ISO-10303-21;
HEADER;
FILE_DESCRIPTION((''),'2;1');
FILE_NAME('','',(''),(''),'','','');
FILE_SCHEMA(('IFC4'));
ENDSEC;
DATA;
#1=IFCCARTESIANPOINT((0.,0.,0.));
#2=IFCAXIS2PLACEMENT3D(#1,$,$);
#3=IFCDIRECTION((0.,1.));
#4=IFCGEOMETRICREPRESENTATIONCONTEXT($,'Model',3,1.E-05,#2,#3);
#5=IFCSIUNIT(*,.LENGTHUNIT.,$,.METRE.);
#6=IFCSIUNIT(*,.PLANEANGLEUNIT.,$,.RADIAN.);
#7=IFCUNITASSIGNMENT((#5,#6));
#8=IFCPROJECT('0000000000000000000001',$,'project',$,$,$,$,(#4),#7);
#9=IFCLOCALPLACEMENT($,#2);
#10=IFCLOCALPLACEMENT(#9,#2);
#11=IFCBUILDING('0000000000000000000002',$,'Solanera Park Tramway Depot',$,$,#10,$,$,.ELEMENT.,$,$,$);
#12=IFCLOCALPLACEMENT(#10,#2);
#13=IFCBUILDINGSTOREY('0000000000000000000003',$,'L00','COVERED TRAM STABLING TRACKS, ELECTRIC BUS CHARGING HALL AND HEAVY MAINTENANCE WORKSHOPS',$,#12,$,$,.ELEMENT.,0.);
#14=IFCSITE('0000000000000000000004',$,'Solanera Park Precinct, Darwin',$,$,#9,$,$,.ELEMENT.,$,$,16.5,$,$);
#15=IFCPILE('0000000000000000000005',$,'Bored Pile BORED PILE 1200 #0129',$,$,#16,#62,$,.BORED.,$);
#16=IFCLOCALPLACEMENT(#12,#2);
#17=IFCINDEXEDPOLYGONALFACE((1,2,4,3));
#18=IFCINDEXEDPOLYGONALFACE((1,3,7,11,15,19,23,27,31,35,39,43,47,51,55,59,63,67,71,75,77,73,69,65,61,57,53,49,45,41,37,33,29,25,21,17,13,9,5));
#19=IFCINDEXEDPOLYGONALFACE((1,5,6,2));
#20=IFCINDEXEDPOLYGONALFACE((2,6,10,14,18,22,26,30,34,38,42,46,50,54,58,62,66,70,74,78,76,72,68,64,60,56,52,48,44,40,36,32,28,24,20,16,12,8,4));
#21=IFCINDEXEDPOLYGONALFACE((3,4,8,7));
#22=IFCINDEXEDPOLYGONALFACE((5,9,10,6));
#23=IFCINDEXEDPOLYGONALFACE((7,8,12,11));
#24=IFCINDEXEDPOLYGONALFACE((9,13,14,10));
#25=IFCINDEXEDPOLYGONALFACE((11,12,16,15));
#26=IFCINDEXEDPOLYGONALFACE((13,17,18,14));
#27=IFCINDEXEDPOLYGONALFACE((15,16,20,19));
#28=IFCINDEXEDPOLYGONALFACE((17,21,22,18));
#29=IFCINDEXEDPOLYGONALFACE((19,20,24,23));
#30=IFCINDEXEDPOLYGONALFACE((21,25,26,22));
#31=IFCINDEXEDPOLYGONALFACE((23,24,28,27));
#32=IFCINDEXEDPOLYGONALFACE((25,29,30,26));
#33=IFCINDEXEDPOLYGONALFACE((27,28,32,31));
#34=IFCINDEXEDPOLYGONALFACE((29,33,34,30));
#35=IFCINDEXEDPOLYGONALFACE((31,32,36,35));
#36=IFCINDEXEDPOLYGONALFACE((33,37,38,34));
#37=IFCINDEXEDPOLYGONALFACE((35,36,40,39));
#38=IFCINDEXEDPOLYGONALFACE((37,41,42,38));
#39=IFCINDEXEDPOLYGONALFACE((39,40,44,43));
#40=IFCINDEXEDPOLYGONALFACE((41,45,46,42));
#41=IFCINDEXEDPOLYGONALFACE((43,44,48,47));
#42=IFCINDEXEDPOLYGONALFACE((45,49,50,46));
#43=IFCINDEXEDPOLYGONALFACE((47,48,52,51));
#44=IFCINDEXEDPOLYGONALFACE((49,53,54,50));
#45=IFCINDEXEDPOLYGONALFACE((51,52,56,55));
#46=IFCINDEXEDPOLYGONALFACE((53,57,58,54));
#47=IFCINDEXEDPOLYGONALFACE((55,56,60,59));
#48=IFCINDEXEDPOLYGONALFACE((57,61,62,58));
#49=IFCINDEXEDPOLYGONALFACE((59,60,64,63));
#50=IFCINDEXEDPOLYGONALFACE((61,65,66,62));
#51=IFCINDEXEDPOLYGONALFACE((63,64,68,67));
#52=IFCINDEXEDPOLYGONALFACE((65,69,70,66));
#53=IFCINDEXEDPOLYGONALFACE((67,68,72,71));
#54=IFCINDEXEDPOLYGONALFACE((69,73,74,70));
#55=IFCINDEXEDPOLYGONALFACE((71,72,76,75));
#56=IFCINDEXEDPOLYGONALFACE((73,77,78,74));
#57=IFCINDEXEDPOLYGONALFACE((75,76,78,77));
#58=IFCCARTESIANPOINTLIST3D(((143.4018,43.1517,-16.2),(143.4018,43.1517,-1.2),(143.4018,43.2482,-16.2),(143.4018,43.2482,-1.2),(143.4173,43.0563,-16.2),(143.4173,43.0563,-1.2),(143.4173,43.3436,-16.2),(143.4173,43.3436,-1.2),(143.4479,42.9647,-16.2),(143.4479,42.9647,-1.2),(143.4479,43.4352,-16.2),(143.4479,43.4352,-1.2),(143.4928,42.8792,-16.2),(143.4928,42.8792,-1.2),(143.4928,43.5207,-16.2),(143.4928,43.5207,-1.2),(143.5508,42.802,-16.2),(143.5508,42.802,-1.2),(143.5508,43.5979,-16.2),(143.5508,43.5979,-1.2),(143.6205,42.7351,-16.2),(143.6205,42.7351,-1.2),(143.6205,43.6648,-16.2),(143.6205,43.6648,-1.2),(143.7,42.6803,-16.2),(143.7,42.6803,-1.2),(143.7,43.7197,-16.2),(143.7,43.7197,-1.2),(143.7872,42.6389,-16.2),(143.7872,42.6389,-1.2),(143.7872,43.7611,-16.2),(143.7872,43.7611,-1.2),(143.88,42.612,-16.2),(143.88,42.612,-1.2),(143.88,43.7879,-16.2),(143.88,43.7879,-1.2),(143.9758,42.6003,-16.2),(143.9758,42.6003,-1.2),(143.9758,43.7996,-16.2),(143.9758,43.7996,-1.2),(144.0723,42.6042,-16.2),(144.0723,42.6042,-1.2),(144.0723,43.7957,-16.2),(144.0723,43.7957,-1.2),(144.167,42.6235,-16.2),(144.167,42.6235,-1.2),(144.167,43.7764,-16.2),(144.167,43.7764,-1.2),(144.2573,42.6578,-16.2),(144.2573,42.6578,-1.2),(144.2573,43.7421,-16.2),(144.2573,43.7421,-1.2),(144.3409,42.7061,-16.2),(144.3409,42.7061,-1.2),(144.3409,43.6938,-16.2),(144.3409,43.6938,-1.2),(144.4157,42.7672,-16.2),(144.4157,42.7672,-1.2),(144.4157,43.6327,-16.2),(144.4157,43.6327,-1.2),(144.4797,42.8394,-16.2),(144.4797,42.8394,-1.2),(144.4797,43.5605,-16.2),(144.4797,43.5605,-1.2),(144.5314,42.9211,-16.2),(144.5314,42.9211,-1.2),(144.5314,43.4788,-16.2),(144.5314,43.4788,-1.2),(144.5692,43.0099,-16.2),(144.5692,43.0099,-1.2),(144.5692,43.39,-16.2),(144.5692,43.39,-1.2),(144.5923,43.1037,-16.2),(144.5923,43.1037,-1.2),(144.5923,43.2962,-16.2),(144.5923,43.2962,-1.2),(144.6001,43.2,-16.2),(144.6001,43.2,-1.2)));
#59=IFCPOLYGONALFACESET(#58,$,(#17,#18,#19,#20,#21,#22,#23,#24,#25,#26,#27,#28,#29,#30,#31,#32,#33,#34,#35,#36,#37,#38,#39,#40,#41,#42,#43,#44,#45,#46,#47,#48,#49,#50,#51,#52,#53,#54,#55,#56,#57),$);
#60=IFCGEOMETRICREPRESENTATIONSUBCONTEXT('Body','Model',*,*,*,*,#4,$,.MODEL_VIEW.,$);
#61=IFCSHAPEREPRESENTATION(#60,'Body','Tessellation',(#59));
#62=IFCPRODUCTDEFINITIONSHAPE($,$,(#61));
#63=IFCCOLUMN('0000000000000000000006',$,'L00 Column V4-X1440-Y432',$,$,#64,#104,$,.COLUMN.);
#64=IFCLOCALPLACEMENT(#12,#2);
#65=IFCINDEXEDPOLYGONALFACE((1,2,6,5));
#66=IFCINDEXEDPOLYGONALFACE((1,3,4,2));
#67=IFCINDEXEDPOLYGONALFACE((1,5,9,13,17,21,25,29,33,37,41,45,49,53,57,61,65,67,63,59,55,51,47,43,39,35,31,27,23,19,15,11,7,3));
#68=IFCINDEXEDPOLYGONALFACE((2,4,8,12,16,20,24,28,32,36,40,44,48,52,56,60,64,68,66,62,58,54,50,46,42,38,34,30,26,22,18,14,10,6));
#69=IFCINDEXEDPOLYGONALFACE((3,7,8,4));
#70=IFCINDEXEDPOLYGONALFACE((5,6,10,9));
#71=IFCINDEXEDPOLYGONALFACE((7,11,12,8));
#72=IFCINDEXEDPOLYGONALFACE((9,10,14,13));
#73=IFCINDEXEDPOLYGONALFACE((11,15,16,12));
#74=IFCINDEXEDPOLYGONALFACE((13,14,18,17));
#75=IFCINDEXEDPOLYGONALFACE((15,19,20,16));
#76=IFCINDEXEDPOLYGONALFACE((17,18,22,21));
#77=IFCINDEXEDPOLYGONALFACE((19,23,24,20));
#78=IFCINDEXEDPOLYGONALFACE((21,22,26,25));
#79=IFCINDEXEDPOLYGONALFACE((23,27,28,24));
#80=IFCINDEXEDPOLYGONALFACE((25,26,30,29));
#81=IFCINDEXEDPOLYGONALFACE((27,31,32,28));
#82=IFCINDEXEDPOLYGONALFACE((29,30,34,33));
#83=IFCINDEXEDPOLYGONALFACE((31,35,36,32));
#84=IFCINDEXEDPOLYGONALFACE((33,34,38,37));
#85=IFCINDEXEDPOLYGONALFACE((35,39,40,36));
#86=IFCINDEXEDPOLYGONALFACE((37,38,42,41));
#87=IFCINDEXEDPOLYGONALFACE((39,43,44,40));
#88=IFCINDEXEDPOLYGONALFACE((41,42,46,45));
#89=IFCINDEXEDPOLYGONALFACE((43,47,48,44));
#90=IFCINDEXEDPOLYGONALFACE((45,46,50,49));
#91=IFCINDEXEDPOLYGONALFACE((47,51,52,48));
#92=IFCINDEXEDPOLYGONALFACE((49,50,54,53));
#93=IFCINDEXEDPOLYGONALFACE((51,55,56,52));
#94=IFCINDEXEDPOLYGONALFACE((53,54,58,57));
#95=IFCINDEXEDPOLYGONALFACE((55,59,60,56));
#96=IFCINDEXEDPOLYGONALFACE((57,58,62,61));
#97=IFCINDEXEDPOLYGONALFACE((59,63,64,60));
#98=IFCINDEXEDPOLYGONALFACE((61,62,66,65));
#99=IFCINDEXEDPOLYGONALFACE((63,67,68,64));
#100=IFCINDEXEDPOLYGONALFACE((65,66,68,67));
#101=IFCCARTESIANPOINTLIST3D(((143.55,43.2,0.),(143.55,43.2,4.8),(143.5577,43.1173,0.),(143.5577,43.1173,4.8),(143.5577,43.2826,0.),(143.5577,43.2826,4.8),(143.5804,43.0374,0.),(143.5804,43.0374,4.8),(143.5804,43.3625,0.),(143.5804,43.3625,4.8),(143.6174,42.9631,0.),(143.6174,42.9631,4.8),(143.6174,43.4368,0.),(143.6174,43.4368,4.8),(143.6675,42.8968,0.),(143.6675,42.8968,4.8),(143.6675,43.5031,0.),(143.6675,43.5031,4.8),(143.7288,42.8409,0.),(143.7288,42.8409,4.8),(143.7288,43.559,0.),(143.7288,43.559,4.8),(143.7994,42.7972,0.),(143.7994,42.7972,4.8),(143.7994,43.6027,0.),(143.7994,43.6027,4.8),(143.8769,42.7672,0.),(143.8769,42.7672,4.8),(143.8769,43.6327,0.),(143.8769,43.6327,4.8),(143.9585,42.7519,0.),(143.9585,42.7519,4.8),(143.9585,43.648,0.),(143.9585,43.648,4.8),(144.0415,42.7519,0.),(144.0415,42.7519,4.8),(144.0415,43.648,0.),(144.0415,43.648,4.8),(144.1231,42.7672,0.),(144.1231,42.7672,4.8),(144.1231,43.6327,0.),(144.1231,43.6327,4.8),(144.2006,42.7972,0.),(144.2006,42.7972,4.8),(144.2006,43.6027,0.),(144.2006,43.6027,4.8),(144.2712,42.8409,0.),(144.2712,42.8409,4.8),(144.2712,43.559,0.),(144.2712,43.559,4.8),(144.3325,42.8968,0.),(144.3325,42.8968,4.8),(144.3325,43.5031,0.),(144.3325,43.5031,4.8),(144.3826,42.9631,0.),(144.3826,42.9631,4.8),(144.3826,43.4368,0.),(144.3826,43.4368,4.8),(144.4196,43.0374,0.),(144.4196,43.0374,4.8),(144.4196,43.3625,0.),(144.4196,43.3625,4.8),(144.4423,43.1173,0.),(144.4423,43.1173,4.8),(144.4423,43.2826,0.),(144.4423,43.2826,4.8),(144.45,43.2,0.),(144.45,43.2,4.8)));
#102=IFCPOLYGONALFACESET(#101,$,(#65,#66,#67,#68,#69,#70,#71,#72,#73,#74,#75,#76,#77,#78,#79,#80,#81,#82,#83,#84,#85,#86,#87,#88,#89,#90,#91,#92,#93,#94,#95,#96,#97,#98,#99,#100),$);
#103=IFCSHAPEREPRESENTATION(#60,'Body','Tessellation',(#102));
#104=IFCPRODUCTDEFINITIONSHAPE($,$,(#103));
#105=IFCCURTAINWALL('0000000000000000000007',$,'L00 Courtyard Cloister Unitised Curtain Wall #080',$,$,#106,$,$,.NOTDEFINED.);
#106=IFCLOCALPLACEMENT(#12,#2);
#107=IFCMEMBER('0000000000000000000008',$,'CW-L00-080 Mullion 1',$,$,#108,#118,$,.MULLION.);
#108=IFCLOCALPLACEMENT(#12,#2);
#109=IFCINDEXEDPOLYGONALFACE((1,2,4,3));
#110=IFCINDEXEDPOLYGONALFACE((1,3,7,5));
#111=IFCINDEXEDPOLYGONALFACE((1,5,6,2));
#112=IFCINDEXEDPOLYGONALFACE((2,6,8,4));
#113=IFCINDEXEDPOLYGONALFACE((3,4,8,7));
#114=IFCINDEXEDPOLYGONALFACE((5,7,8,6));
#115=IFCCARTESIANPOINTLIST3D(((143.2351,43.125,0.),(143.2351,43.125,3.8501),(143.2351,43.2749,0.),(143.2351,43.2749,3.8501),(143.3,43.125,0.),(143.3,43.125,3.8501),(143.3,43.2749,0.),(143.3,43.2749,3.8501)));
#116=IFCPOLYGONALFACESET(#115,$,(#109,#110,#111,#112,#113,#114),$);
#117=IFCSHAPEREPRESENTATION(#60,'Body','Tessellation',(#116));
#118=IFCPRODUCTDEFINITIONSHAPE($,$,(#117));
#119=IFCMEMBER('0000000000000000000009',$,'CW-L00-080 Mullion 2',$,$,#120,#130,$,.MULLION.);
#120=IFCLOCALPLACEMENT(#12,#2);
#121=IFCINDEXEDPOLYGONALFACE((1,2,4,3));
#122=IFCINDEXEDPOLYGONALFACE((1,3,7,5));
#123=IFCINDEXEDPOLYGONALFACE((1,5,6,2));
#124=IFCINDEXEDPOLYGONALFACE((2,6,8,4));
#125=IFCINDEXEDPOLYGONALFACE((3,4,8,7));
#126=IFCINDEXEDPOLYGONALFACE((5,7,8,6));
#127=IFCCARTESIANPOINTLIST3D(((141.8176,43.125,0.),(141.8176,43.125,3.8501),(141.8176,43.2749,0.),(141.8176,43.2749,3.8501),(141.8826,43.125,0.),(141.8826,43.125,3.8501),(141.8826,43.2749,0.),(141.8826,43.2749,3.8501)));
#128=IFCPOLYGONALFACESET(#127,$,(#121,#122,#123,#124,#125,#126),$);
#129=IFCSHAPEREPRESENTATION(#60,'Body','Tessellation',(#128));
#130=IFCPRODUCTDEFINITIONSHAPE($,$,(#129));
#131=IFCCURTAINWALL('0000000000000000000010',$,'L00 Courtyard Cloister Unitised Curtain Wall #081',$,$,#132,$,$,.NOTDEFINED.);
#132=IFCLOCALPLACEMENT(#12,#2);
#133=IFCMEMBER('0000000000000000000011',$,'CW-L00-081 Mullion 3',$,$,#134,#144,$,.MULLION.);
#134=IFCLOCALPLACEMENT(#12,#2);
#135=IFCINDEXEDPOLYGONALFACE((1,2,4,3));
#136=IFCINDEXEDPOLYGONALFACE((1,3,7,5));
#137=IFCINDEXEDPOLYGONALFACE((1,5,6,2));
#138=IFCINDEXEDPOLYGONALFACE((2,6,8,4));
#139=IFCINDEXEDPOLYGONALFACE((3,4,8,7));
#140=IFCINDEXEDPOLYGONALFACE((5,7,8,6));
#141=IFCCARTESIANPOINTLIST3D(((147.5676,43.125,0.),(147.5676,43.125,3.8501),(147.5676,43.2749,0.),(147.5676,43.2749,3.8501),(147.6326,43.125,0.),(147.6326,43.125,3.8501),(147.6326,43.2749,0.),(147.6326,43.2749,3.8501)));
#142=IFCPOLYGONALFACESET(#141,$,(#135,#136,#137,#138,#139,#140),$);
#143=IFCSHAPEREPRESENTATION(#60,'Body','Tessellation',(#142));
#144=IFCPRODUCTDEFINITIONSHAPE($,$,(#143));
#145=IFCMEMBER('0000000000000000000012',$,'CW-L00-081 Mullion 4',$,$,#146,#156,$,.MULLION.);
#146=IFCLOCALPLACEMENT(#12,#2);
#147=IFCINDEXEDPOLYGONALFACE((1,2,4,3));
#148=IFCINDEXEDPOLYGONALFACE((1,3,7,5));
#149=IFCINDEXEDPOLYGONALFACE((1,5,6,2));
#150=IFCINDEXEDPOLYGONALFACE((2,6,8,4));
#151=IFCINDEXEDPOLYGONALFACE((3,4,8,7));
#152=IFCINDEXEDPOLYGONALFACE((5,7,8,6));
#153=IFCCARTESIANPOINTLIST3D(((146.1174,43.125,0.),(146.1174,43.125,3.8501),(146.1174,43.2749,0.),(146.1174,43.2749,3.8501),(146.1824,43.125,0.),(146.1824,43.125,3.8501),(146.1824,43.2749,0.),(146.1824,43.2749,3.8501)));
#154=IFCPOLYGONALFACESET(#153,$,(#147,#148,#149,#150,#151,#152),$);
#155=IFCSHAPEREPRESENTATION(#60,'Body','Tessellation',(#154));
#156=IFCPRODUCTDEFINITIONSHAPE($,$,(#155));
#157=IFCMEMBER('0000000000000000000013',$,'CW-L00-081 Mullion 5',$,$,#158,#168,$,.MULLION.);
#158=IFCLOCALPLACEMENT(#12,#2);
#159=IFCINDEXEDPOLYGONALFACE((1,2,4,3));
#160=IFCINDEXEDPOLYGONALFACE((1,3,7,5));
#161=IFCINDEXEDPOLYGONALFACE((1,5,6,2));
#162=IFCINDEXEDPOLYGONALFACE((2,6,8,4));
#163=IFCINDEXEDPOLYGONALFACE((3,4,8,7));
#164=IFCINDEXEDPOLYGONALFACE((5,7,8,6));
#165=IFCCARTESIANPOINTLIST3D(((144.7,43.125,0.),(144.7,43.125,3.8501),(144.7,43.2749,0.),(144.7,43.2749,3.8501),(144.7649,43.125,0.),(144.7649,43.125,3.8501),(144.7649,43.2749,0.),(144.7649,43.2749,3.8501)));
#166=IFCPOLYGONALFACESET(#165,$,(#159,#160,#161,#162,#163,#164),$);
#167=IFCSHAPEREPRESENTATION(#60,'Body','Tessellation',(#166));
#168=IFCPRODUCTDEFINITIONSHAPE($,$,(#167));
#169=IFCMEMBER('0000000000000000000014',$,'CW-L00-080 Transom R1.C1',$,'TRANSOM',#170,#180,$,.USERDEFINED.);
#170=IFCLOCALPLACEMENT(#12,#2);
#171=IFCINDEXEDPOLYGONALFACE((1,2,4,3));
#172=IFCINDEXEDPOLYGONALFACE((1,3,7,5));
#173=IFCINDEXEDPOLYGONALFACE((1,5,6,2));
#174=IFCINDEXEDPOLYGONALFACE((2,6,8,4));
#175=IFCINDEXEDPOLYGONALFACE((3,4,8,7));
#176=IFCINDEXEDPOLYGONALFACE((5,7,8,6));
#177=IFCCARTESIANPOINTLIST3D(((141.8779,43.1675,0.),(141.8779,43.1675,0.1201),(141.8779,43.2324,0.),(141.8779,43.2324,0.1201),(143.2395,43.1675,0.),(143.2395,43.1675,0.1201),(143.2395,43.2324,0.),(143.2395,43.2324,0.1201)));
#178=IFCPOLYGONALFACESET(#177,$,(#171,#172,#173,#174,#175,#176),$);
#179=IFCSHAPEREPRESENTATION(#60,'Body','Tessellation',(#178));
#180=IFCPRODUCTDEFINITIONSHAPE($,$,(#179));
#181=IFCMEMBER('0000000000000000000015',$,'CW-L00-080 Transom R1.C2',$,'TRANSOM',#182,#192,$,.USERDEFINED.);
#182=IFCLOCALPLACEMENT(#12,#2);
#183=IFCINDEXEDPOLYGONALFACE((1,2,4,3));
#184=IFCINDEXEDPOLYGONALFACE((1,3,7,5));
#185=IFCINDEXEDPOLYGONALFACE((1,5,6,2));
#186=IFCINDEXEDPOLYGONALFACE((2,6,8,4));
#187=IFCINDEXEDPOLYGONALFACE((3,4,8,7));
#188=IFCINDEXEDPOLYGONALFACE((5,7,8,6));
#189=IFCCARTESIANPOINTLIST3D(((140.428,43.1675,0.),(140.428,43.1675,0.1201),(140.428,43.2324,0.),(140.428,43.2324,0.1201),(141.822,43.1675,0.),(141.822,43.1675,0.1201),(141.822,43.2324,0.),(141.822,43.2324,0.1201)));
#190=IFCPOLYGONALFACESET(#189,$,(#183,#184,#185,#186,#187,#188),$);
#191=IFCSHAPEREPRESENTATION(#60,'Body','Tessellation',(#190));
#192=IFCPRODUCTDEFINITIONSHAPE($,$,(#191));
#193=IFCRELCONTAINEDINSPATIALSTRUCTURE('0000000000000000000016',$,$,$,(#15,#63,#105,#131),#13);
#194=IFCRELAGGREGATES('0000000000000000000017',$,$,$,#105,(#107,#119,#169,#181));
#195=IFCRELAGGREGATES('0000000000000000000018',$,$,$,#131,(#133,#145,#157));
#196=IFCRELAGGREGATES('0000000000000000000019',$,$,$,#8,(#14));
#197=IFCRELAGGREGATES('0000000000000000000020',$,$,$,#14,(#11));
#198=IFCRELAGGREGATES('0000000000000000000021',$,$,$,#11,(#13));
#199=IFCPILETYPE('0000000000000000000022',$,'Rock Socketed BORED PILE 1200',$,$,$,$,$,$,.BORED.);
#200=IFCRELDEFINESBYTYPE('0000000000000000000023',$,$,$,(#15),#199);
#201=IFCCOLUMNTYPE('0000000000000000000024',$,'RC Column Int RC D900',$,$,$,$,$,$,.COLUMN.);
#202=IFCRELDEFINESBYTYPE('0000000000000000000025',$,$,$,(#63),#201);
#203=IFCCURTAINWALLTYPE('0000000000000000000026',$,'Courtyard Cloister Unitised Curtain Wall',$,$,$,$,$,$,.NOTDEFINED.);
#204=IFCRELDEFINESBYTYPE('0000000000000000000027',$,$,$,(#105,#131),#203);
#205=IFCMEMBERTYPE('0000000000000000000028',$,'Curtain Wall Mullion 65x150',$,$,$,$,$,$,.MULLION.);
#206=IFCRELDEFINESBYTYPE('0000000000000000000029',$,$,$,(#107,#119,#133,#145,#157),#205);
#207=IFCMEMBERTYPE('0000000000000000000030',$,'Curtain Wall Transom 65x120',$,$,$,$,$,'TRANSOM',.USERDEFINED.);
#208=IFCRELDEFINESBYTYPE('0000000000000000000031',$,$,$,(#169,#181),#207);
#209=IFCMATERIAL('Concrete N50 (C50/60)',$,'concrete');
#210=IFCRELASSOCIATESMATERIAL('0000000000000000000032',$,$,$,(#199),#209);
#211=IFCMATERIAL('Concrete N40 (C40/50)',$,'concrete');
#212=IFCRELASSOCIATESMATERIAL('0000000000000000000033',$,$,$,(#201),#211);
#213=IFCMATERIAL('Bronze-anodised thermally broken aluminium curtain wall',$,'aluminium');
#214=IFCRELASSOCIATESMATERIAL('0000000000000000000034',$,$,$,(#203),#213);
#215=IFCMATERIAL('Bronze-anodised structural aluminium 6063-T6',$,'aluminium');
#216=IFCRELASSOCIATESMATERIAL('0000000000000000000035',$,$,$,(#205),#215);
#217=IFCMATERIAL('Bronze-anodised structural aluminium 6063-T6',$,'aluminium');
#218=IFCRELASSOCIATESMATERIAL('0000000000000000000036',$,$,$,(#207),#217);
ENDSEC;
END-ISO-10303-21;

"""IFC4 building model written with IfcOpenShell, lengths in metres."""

from ifc_helpers import new_model, si_unit, direction, frame, origin, origin_2d, place, context, subcontext, project, spatial, rectangle, circle, extrude, material, material_profile, profile_set, type_object, element, aggregate, save


model = new_model("IFC4")

# Units and contexts
model_context = context("Model", 3, precision=1e-05, world=origin(), true_north=direction((0.0, 1.0)))
body_context = subcontext(model_context, "Body", "Model", "MODEL_VIEW")
ifc_project = project(units=[si_unit("LENGTHUNIT", "METRE"), si_unit("PLANEANGLEUNIT", "RADIAN")], contexts=[model_context])

# Site, building, storey
site_placement = place(None, origin())
site = spatial("IfcSite", under=ifc_project, at=site_placement, Name="Solanera Park Precinct, Darwin", CompositionType="ELEMENT", RefElevation=16.5)
building_placement = place(site_placement, origin())
building = spatial("IfcBuilding", under=site, at=building_placement, Name="Solanera Park Tramway Depot", CompositionType="ELEMENT")
storey_placement = place(building_placement, origin())
storey = spatial("IfcBuildingStorey", under=building, at=storey_placement, Name="L00", Description="COVERED TRAM STABLING TRACKS, ELECTRIC BUS CHARGING HALL AND HEAVY MAINTENANCE WORKSHOPS", CompositionType="ELEMENT", Elevation=0.0)

# Pile
ifc_material_1 = material(Name="Concrete N50 (C50/60)", Category="concrete")
ifc_material_profile_1 = material_profile(ifc_material_1, circle(Radius=0.6001, at=origin_2d()), Name="BORED PILE 1200")
ifc_profile_set_1 = profile_set([ifc_material_profile_1], Name="Concrete N50 (C50/60)")
pile_type = type_object("IfcPileType", Name="Rock Socketed BORED PILE 1200", PredefinedType="BORED", material=ifc_profile_set_1)
pile_placement = place(storey_placement, frame((144.0, 43.2, -1.2), z_axis=(0.0, 0.0, -1.0), x_axis=(1.0, 0.0, 0.0)))
element("IfcPile", 1, at=pile_placement, inside=storey, type_object=pile_type, Name="Bored Pile BORED PILE 1200 #0129", PredefinedType="BORED", context=body_context, shape_type="SweptSolid", body=[
    extrude(circle(Radius=0.6001, at=origin_2d()), origin(), (0.0, 0.0, 1.0), 15.0),
])

# Column
ifc_material_2 = material(Name="Concrete N40 (C40/50)", Category="concrete")
ifc_material_profile_2 = material_profile(ifc_material_2, circle(Radius=0.45, at=origin_2d()), Name="RC D900")
ifc_profile_set_2 = profile_set([ifc_material_profile_2], Name="Concrete N40 (C40/50)")
column_type = type_object("IfcColumnType", Name="RC Column Int RC D900", PredefinedType="COLUMN", material=ifc_profile_set_2)
column_placement = place(storey_placement, frame((144.0, 43.2, 0.0), z_axis=(0.0, 0.0, 1.0), x_axis=(1.0, 0.0, 0.0)))
element("IfcColumn", 2, at=column_placement, inside=storey, type_object=column_type, Name="L00 Column V4-X1440-Y432", PredefinedType="COLUMN", context=body_context, shape_type="SweptSolid", body=[
    extrude(circle(Radius=0.45, at=origin_2d()), origin(), (0.0, 0.0, 1.0), 4.8),
])

# Curtain walls, members
ifc_material_3 = material(Name="Bronze-anodised thermally broken aluminium curtain wall", Category="aluminium")
curtain_wall_type = type_object("IfcCurtainWallType", Name="Courtyard Cloister Unitised Curtain Wall", PredefinedType="NOTDEFINED", material=ifc_material_3)
curtain_wall_1_placement = place(storey_placement, origin())
curtain_wall_1 = element("IfcCurtainWall", 3, at=curtain_wall_1_placement, inside=storey, type_object=curtain_wall_type, Name="L00 Courtyard Cloister Unitised Curtain Wall #080", PredefinedType="NOTDEFINED")
ifc_material_4 = material(Name="Bronze-anodised structural aluminium 6063-T6", Category="aluminium")
ifc_material_profile_3 = material_profile(ifc_material_4, rectangle(XDim=0.0649, YDim=0.1499, at=origin_2d()), Name="Curtain Wall Mullion 65x150")
ifc_profile_set_3 = profile_set([ifc_material_profile_3], Name="Bronze-anodised structural aluminium 6063-T6")
member_type_1 = type_object("IfcMemberType", Name="Curtain Wall Mullion 65x150", PredefinedType="MULLION", material=ifc_profile_set_3)
member_1_placement = place(storey_placement, frame((143.2676, 43.2, 0.0), z_axis=(0.0, 0.0, 1.0), x_axis=(1.0, 0.0, 0.0)))
member_1 = element("IfcMember", 4, at=member_1_placement, type_object=member_type_1, Name="CW-L00-080 Mullion 1", PredefinedType="MULLION", context=body_context, shape_type="SweptSolid", body=[
    extrude(rectangle(XDim=0.0649, YDim=0.1499, at=origin_2d()), origin(), (0.0, 0.0, 1.0), 3.8501),
])
member_2_placement = place(storey_placement, frame((141.8501, 43.2, 0.0), z_axis=(0.0, 0.0, 1.0), x_axis=(1.0, 0.0, 0.0)))
member_2 = element("IfcMember", 5, at=member_2_placement, type_object=member_type_1, Name="CW-L00-080 Mullion 2", PredefinedType="MULLION", context=body_context, shape_type="SweptSolid", body=[
    extrude(rectangle(XDim=0.0649, YDim=0.1499, at=origin_2d()), origin(), (0.0, 0.0, 1.0), 3.8501),
])
curtain_wall_2_placement = place(storey_placement, origin())
curtain_wall_2 = element("IfcCurtainWall", 6, at=curtain_wall_2_placement, inside=storey, type_object=curtain_wall_type, Name="L00 Courtyard Cloister Unitised Curtain Wall #081", PredefinedType="NOTDEFINED")
member_3_placement = place(storey_placement, frame((147.6001, 43.2, 0.0), z_axis=(0.0, 0.0, 1.0), x_axis=(1.0, 0.0, 0.0)))
member_3 = element("IfcMember", 7, at=member_3_placement, type_object=member_type_1, Name="CW-L00-081 Mullion 3", PredefinedType="MULLION", context=body_context, shape_type="SweptSolid", body=[
    extrude(rectangle(XDim=0.0649, YDim=0.1499, at=origin_2d()), origin(), (0.0, 0.0, 1.0), 3.8501),
])
member_4_placement = place(storey_placement, frame((146.1499, 43.2, 0.0), z_axis=(0.0, 0.0, 1.0), x_axis=(1.0, 0.0, 0.0)))
member_4 = element("IfcMember", 8, at=member_4_placement, type_object=member_type_1, Name="CW-L00-081 Mullion 4", PredefinedType="MULLION", context=body_context, shape_type="SweptSolid", body=[
    extrude(rectangle(XDim=0.0649, YDim=0.1499, at=origin_2d()), origin(), (0.0, 0.0, 1.0), 3.8501),
])
member_5_placement = place(storey_placement, frame((144.7324, 43.2, 0.0), z_axis=(0.0, 0.0, 1.0), x_axis=(1.0, 0.0, 0.0)))
member_5 = element("IfcMember", 9, at=member_5_placement, type_object=member_type_1, Name="CW-L00-081 Mullion 5", PredefinedType="MULLION", context=body_context, shape_type="SweptSolid", body=[
    extrude(rectangle(XDim=0.0649, YDim=0.1499, at=origin_2d()), origin(), (0.0, 0.0, 1.0), 3.8501),
])

# Members
ifc_material_5 = material(Name="Bronze-anodised structural aluminium 6063-T6", Category="aluminium")
ifc_material_profile_4 = material_profile(ifc_material_5, rectangle(XDim=0.0649, YDim=0.1201, at=origin_2d()), Name="Curtain Wall Transom 65x120")
ifc_profile_set_4 = profile_set([ifc_material_profile_4], Name="Bronze-anodised structural aluminium 6063-T6")
member_type_2 = type_object("IfcMemberType", Name="Curtain Wall Transom 65x120", ElementType="TRANSOM", PredefinedType="USERDEFINED", material=ifc_profile_set_4)
member_6_placement = place(storey_placement, frame((143.2395, 43.2, 0.0601), z_axis=(-1.0, 0.0, 0.0), x_axis=(0.0, -1.0, 0.0)))
member_6 = element("IfcMember", 10, at=member_6_placement, type_object=member_type_2, Name="CW-L00-080 Transom R1.C1", ObjectType="TRANSOM", PredefinedType="USERDEFINED", context=body_context, shape_type="SweptSolid", body=[
    extrude(rectangle(XDim=0.0649, YDim=0.1201, at=origin_2d()), origin(), (0.0, 0.0, 1.0), 1.3616),
])
member_7_placement = place(storey_placement, frame((141.822, 43.2, 0.0601), z_axis=(-1.0, 0.0, 0.0), x_axis=(0.0, -1.0, 0.0)))
member_7 = element("IfcMember", 11, at=member_7_placement, type_object=member_type_2, Name="CW-L00-080 Transom R1.C2", ObjectType="TRANSOM", PredefinedType="USERDEFINED", context=body_context, shape_type="SweptSolid", body=[
    extrude(rectangle(XDim=0.0649, YDim=0.1201, at=origin_2d()), origin(), (0.0, 0.0, 1.0), 1.394),
])

aggregate(curtain_wall_1, [member_1, member_2, member_6, member_7])
aggregate(curtain_wall_2, [member_3, member_4, member_5])

save(model, "model.ifc")
